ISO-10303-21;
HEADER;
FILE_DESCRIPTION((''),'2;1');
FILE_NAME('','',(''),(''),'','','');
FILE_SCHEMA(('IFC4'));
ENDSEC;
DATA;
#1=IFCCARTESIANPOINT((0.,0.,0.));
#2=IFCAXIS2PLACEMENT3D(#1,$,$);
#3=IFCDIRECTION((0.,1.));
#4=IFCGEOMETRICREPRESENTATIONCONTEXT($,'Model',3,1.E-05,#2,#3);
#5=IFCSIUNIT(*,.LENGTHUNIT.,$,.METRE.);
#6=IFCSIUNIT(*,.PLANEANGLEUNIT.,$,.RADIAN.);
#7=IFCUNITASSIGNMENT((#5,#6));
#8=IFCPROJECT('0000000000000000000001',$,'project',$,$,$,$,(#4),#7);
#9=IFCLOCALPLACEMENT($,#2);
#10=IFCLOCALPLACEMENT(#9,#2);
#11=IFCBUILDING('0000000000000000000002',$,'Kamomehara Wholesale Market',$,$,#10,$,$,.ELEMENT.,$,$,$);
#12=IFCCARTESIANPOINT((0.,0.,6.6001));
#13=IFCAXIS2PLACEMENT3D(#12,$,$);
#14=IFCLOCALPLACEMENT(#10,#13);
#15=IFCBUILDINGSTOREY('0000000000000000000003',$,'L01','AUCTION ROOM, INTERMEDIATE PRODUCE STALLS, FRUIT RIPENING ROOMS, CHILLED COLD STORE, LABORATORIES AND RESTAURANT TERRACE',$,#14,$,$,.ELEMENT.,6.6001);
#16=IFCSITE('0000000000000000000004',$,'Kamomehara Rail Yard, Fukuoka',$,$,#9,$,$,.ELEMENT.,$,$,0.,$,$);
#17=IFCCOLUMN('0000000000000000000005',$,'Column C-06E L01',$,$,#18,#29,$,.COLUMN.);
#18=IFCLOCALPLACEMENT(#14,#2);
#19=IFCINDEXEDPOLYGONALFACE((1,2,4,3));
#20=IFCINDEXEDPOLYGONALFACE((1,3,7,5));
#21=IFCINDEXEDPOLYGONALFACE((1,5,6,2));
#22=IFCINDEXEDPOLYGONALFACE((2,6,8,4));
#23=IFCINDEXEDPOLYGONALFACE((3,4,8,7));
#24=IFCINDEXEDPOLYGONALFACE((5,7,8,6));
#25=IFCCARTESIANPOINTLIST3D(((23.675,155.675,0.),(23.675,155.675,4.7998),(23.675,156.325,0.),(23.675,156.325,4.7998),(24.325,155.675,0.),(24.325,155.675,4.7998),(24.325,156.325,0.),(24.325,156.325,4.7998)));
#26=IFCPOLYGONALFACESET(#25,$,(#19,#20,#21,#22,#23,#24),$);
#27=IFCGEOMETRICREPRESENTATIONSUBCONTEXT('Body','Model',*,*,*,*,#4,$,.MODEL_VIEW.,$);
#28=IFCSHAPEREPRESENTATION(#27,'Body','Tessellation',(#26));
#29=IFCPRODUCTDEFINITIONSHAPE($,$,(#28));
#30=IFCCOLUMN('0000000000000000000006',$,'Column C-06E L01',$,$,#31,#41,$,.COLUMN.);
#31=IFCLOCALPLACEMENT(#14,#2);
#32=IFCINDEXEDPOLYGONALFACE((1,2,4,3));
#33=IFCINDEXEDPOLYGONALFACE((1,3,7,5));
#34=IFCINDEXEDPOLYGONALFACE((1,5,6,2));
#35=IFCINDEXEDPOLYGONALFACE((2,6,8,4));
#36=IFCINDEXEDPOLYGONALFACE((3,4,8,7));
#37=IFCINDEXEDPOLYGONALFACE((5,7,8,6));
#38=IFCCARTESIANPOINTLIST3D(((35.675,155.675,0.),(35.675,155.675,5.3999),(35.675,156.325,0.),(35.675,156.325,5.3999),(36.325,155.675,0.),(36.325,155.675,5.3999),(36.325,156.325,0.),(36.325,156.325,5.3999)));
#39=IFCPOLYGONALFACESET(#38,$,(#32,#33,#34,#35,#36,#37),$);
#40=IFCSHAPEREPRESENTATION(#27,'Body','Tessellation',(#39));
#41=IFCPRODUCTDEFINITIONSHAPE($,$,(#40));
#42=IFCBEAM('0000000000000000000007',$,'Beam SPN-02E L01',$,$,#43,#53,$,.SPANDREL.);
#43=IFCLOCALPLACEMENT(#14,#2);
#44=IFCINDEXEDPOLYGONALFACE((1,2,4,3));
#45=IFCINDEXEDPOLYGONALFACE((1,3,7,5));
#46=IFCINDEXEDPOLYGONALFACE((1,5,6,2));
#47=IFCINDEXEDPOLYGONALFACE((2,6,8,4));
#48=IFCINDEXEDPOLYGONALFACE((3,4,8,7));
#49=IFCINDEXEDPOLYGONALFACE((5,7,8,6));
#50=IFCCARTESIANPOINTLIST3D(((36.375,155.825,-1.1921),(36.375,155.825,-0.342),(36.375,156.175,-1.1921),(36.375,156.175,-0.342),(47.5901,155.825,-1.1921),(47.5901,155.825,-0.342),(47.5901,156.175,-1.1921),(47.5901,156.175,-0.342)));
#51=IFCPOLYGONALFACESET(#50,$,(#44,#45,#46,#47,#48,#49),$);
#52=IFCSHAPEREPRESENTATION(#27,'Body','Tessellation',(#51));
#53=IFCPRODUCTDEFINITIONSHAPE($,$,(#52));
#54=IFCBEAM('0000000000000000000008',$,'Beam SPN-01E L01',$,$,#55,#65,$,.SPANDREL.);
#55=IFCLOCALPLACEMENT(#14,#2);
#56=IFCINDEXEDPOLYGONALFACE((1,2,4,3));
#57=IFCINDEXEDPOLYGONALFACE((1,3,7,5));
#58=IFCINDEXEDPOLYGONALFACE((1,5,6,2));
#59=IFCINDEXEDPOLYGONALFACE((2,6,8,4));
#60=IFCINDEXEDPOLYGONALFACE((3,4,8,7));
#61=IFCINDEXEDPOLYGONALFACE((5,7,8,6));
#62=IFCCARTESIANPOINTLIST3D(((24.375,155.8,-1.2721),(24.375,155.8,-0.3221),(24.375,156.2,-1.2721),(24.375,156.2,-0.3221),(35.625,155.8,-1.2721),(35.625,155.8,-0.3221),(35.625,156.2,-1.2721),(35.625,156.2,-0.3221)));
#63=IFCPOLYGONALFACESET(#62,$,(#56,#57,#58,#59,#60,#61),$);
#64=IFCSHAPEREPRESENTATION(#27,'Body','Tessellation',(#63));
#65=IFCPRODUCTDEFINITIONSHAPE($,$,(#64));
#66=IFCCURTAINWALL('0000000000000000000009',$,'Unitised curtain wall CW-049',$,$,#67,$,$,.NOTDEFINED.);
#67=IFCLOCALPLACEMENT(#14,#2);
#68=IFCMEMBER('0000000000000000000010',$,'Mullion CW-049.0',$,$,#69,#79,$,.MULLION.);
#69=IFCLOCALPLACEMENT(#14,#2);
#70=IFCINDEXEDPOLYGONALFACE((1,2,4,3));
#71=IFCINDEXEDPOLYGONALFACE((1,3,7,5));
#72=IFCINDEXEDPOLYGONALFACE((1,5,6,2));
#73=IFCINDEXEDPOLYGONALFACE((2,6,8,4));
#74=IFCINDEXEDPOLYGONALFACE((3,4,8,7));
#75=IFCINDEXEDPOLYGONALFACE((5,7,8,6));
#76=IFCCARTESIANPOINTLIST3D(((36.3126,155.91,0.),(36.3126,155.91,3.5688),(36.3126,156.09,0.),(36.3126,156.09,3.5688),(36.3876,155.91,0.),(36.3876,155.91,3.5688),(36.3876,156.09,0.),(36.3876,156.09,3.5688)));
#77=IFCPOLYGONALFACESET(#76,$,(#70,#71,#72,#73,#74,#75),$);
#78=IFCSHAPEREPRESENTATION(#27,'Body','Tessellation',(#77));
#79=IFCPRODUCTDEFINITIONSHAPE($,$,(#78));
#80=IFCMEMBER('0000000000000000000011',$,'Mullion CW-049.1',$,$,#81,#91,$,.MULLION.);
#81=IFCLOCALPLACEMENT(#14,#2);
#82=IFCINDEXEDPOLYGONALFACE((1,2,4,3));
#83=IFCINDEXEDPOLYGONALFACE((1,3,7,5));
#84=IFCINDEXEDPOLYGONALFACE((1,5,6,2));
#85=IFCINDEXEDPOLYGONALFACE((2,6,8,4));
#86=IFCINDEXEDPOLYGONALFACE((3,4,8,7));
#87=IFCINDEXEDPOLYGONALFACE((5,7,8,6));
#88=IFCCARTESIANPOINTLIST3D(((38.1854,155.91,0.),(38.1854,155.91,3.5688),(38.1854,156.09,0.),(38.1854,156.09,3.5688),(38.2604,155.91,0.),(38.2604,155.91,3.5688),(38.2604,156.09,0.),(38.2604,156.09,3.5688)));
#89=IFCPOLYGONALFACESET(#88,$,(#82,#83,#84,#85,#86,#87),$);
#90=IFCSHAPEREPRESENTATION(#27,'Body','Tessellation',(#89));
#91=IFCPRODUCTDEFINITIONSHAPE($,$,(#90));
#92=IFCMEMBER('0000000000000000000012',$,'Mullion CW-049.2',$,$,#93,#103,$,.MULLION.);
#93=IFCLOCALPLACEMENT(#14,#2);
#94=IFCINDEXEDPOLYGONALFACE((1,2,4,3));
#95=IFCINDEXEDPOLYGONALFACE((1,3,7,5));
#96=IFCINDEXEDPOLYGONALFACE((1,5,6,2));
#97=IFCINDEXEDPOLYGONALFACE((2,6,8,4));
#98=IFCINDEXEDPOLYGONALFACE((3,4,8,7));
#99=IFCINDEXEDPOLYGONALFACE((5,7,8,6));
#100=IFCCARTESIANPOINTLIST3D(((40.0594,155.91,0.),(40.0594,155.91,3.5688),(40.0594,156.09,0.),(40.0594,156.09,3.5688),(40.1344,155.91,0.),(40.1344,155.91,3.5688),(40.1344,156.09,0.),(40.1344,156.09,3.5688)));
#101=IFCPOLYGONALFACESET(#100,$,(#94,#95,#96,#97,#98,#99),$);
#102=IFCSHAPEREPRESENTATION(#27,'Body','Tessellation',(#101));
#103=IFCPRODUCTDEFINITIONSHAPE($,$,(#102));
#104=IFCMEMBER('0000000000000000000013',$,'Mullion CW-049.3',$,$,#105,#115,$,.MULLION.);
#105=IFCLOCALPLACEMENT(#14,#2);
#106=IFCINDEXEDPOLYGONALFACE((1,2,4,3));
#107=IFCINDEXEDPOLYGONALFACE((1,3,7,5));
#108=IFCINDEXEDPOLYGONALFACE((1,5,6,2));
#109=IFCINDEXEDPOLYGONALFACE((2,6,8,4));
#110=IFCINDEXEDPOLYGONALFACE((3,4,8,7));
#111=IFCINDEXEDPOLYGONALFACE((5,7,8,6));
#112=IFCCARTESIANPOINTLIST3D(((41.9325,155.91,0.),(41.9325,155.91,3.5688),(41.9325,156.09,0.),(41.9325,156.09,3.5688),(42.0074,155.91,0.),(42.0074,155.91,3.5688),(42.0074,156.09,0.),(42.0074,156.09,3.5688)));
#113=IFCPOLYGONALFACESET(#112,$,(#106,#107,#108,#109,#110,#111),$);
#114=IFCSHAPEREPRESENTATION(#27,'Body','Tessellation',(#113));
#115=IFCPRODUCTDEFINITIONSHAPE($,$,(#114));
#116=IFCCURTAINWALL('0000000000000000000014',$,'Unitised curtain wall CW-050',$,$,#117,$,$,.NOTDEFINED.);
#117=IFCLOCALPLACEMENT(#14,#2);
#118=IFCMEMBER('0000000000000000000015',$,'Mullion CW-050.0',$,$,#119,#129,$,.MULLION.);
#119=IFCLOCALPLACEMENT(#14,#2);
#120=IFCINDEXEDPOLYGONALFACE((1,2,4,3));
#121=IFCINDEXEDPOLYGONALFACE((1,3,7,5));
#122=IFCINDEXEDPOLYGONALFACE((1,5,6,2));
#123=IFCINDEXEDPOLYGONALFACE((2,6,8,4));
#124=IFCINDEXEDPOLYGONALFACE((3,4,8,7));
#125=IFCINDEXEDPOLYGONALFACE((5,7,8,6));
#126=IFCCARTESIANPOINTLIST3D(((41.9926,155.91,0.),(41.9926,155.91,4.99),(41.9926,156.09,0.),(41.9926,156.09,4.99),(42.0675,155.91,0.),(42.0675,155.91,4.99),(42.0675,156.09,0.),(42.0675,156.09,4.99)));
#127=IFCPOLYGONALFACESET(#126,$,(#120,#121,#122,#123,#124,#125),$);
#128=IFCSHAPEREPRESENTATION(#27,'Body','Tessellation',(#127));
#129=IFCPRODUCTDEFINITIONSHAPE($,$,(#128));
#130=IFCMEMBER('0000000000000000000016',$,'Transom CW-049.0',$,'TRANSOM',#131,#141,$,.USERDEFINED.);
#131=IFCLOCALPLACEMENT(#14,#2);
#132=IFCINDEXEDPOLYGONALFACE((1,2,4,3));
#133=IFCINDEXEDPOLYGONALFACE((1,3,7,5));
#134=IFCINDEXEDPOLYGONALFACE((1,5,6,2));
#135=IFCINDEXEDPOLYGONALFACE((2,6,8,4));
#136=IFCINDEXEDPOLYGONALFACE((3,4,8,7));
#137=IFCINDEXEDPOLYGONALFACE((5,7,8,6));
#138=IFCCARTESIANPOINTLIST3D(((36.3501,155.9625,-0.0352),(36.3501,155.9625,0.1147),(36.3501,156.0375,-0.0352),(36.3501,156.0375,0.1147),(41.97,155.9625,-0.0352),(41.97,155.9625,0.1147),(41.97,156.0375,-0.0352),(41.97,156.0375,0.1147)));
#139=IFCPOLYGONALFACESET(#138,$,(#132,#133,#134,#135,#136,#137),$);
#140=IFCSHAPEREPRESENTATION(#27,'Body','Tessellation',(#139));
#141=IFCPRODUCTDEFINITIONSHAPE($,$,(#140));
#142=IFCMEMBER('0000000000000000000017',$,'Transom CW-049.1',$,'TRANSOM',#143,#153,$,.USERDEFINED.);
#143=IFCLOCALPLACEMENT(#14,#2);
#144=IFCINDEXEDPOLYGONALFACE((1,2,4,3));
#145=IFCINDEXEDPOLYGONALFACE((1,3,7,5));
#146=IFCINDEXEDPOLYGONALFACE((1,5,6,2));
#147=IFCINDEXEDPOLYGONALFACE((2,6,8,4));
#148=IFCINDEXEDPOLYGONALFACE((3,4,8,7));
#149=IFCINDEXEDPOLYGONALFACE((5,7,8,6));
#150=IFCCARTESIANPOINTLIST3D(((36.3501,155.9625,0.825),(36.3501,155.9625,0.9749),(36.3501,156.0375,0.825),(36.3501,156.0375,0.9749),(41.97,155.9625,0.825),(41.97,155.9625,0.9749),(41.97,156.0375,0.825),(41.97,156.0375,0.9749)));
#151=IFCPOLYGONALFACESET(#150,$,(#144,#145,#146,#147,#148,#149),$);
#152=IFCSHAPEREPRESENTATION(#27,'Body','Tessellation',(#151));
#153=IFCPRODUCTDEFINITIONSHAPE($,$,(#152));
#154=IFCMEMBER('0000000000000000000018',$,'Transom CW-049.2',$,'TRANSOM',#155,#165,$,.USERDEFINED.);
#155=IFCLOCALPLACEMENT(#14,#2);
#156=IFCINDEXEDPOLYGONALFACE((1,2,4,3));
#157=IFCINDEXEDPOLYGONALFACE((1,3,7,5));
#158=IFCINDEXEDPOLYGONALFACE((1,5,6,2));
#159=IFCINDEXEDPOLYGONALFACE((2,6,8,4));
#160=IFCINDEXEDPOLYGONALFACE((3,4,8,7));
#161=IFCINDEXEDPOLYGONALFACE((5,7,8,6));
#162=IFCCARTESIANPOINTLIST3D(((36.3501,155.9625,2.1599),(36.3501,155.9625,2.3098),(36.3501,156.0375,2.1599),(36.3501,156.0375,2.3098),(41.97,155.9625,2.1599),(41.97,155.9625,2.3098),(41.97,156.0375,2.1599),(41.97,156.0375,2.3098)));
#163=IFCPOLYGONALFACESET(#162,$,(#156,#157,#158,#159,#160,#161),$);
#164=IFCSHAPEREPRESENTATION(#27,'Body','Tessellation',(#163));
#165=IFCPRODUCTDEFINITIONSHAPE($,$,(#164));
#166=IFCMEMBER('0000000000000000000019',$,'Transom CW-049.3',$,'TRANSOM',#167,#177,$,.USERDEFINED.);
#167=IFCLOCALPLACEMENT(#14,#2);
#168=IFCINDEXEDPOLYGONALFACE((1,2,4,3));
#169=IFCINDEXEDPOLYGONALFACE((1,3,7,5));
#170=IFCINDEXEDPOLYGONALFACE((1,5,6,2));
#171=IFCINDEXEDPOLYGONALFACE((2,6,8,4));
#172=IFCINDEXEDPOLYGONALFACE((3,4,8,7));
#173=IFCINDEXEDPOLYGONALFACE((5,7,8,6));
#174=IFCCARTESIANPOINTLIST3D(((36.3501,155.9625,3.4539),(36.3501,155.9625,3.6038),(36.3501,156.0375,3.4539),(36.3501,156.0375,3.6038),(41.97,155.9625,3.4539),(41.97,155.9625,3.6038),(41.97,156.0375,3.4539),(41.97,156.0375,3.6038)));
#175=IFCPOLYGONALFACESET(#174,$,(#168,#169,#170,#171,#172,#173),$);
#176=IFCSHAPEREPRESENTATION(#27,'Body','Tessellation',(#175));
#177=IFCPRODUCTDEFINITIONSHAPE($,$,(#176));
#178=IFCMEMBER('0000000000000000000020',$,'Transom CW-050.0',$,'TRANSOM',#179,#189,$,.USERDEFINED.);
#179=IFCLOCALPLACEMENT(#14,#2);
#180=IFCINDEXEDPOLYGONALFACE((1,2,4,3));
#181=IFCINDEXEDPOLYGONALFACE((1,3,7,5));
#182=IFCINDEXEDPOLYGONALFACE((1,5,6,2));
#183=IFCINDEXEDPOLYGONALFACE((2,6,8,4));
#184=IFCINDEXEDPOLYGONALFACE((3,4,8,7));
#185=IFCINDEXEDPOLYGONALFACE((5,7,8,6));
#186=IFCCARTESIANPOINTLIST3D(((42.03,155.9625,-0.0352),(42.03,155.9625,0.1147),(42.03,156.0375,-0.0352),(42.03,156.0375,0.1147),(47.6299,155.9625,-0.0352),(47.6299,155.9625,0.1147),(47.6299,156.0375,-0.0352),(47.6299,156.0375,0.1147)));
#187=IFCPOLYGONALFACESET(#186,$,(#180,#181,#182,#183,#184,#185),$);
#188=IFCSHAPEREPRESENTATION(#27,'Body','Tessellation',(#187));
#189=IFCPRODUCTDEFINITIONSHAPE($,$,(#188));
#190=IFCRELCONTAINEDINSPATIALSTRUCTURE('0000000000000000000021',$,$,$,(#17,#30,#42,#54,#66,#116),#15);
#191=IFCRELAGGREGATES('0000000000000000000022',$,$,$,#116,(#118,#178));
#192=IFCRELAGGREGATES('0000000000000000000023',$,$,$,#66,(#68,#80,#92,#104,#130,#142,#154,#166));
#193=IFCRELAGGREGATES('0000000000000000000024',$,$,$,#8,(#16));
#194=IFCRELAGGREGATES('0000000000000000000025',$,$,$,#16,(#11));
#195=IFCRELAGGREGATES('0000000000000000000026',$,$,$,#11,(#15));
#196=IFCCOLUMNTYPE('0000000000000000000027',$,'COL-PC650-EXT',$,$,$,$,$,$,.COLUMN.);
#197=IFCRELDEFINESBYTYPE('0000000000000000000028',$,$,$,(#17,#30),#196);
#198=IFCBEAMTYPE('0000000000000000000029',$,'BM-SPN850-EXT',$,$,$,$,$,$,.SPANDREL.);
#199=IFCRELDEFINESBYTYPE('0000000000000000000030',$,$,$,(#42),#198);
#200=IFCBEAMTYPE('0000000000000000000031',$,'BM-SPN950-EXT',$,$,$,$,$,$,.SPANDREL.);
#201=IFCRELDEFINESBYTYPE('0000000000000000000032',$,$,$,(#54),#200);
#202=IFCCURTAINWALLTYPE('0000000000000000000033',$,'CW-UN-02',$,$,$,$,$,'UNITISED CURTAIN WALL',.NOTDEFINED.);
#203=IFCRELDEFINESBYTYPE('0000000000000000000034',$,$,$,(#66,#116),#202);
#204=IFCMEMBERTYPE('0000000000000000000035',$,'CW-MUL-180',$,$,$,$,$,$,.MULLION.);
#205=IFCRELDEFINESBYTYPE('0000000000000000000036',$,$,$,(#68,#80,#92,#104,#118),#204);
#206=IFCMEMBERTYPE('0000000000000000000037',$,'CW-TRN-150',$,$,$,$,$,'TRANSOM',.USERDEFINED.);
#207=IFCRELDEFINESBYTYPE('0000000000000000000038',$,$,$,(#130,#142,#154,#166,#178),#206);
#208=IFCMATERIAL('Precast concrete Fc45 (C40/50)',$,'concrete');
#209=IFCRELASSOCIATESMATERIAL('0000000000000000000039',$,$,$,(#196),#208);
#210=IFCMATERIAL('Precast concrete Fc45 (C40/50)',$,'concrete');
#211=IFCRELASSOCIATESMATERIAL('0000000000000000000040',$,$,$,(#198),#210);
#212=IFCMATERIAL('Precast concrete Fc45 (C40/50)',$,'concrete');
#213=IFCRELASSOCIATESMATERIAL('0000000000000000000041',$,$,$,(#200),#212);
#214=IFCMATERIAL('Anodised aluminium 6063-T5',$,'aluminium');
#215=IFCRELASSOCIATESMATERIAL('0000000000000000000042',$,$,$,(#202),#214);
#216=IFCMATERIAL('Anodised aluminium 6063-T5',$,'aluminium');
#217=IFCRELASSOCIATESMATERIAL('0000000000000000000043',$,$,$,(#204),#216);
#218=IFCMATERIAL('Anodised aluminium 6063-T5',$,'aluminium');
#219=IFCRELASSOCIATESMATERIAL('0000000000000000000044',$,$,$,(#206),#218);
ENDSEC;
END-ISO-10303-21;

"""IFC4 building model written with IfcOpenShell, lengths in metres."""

from ifc_helpers import new_model, si_unit, direction, frame, origin, origin_2d, place, context, subcontext, project, spatial, rectangle, extrude, material, material_profile, profile_set, type_object, element, aggregate, save


model = new_model("IFC4")

# Units and contexts
model_context = context("Model", 3, precision=1e-05, world=origin(), true_north=direction((0.0, 1.0)))
body_context = subcontext(model_context, "Body", "Model", "MODEL_VIEW")
ifc_project = project(units=[si_unit("LENGTHUNIT", "METRE"), si_unit("PLANEANGLEUNIT", "RADIAN")], contexts=[model_context])

# Site, building, storey
site_placement = place(None, origin())
site = spatial("IfcSite", under=ifc_project, at=site_placement, Name="Kamomehara Rail Yard, Fukuoka", CompositionType="ELEMENT", RefElevation=0.0)
building_placement = place(site_placement, origin())
building = spatial("IfcBuilding", under=site, at=building_placement, Name="Kamomehara Wholesale Market", CompositionType="ELEMENT")
storey_placement = place(building_placement, frame((0.0, 0.0, 6.6001)))
storey = spatial("IfcBuildingStorey", under=building, at=storey_placement, Name="L01", Description="AUCTION ROOM, INTERMEDIATE PRODUCE STALLS, FRUIT RIPENING ROOMS, CHILLED COLD STORE, LABORATORIES AND RESTAURANT TERRACE", CompositionType="ELEMENT", Elevation=6.6001)

# Columns
ifc_material_1 = material(Name="Precast concrete Fc45 (C40/50)", Category="concrete")
ifc_material_profile_1 = material_profile(ifc_material_1, rectangle(XDim=0.6499, YDim=0.6499, at=origin_2d()), Name="PC-COL-650x650")
ifc_profile_set_1 = profile_set([ifc_material_profile_1], Name="Precast concrete Fc45 (C40/50)")
column_type = type_object("IfcColumnType", Name="COL-PC650-EXT", PredefinedType="COLUMN", material=ifc_profile_set_1)
column_1_placement = place(storey_placement, frame((24.0, 156.0, 0.0), z_axis=(0.0, 0.0, 1.0), x_axis=(1.0, 0.0, 0.0)))
element("IfcColumn", 1, at=column_1_placement, inside=storey, type_object=column_type, Name="Column C-06E L01", PredefinedType="COLUMN", context=body_context, shape_type="SweptSolid", body=[
    extrude(rectangle(XDim=0.6499, YDim=0.6499, at=origin_2d()), origin(), (0.0, 0.0, 1.0), 4.7998),
])
column_2_placement = place(storey_placement, frame((36.0, 156.0, 0.0), z_axis=(0.0, 0.0, 1.0), x_axis=(1.0, 0.0, 0.0)))
element("IfcColumn", 2, at=column_2_placement, inside=storey, type_object=column_type, Name="Column C-06E L01", PredefinedType="COLUMN", context=body_context, shape_type="SweptSolid", body=[
    extrude(rectangle(XDim=0.6499, YDim=0.6499, at=origin_2d()), origin(), (0.0, 0.0, 1.0), 5.3999),
])

# Beams
ifc_material_2 = material(Name="Precast concrete Fc45 (C40/50)", Category="concrete")
ifc_material_profile_2 = material_profile(ifc_material_2, rectangle(XDim=0.3501, YDim=0.8501, at=origin_2d()), Name="PC-SPN-350x850")
ifc_profile_set_2 = profile_set([ifc_material_profile_2], Name="Precast concrete Fc45 (C40/50)")
beam_type_1 = type_object("IfcBeamType", Name="BM-SPN850-EXT", PredefinedType="SPANDREL", material=ifc_profile_set_2)
beam_1_placement = place(storey_placement, frame((36.375, 156.0, -0.7671), z_axis=(1.0, 0.0, 0.0), x_axis=(0.0, 1.0, 0.0)))
element("IfcBeam", 3, at=beam_1_placement, inside=storey, type_object=beam_type_1, Name="Beam SPN-02E L01", PredefinedType="SPANDREL", context=body_context, shape_type="SweptSolid", body=[
    extrude(rectangle(XDim=0.3501, YDim=0.8501, at=origin_2d()), origin(), (0.0, 0.0, 1.0), 11.2151),
])
ifc_material_3 = material(Name="Precast concrete Fc45 (C40/50)", Category="concrete")
ifc_material_profile_3 = material_profile(ifc_material_3, rectangle(XDim=0.3999, YDim=0.95, at=origin_2d()), Name="PC-SPN-400x950")
ifc_profile_set_3 = profile_set([ifc_material_profile_3], Name="Precast concrete Fc45 (C40/50)")
beam_type_2 = type_object("IfcBeamType", Name="BM-SPN950-EXT", PredefinedType="SPANDREL", material=ifc_profile_set_3)
beam_2_placement = place(storey_placement, frame((24.375, 156.0, -0.7971), z_axis=(1.0, 0.0, 0.0), x_axis=(0.0, 1.0, 0.0)))
element("IfcBeam", 4, at=beam_2_placement, inside=storey, type_object=beam_type_2, Name="Beam SPN-01E L01", PredefinedType="SPANDREL", context=body_context, shape_type="SweptSolid", body=[
    extrude(rectangle(XDim=0.3999, YDim=0.95, at=origin_2d()), origin(), (0.0, 0.0, 1.0), 11.25),
])

# Curtain wall, members
ifc_material_4 = material(Name="Anodised aluminium 6063-T5", Category="aluminium")
curtain_wall_type = type_object("IfcCurtainWallType", Name="CW-UN-02", ElementType="UNITISED CURTAIN WALL", PredefinedType="NOTDEFINED", material=ifc_material_4)
curtain_wall_1_placement = place(storey_placement, origin())
curtain_wall_1 = element("IfcCurtainWall", 5, at=curtain_wall_1_placement, inside=storey, type_object=curtain_wall_type, Name="Unitised curtain wall CW-049", PredefinedType="NOTDEFINED")
ifc_material_5 = material(Name="Anodised aluminium 6063-T5", Category="aluminium")
ifc_material_profile_4 = material_profile(ifc_material_5, rectangle(XDim=0.075, YDim=0.1799, at=origin_2d()), Name="ALU-MUL-75x180")
ifc_profile_set_4 = profile_set([ifc_material_profile_4], Name="Anodised aluminium 6063-T5")
member_type_1 = type_object("IfcMemberType", Name="CW-MUL-180", PredefinedType="MULLION", material=ifc_profile_set_4)
member_1_placement = place(storey_placement, frame((36.3501, 156.0, 0.0), z_axis=(0.0, 0.0, 1.0), x_axis=(1.0, 0.0, 0.0)))
member_1 = element("IfcMember", 6, at=member_1_placement, type_object=member_type_1, Name="Mullion CW-049.0", PredefinedType="MULLION", context=body_context, shape_type="SweptSolid", body=[
    extrude(rectangle(XDim=0.075, YDim=0.1799, at=origin_2d()), origin(), (0.0, 0.0, 1.0), 3.5688),
])
member_2_placement = place(storey_placement, frame((38.2229, 156.0, 0.0), z_axis=(0.0, 0.0, 1.0), x_axis=(1.0, 0.0, 0.0)))
member_2 = element("IfcMember", 7, at=member_2_placement, type_object=member_type_1, Name="Mullion CW-049.1", PredefinedType="MULLION", context=body_context, shape_type="SweptSolid", body=[
    extrude(rectangle(XDim=0.075, YDim=0.1799, at=origin_2d()), origin(), (0.0, 0.0, 1.0), 3.5688),
])
member_3_placement = place(storey_placement, frame((40.0969, 156.0, 0.0), z_axis=(0.0, 0.0, 1.0), x_axis=(1.0, 0.0, 0.0)))
member_3 = element("IfcMember", 8, at=member_3_placement, type_object=member_type_1, Name="Mullion CW-049.2", PredefinedType="MULLION", context=body_context, shape_type="SweptSolid", body=[
    extrude(rectangle(XDim=0.075, YDim=0.1799, at=origin_2d()), origin(), (0.0, 0.0, 1.0), 3.5688),
])
member_4_placement = place(storey_placement, frame((41.97, 156.0, 0.0), z_axis=(0.0, 0.0, 1.0), x_axis=(1.0, 0.0, 0.0)))
member_4 = element("IfcMember", 9, at=member_4_placement, type_object=member_type_1, Name="Mullion CW-049.3", PredefinedType="MULLION", context=body_context, shape_type="SweptSolid", body=[
    extrude(rectangle(XDim=0.075, YDim=0.1799, at=origin_2d()), origin(), (0.0, 0.0, 1.0), 3.5688),
])

# Curtain wall, member
curtain_wall_2_placement = place(storey_placement, origin())
curtain_wall_2 = element("IfcCurtainWall", 10, at=curtain_wall_2_placement, inside=storey, type_object=curtain_wall_type, Name="Unitised curtain wall CW-050", PredefinedType="NOTDEFINED")
member_5_placement = place(storey_placement, frame((42.03, 156.0, 0.0), z_axis=(0.0, 0.0, 1.0), x_axis=(1.0, 0.0, 0.0)))
member_5 = element("IfcMember", 11, at=member_5_placement, type_object=member_type_1, Name="Mullion CW-050.0", PredefinedType="MULLION", context=body_context, shape_type="SweptSolid", body=[
    extrude(rectangle(XDim=0.075, YDim=0.1799, at=origin_2d()), origin(), (0.0, 0.0, 1.0), 4.99),
])

# Members
ifc_material_6 = material(Name="Anodised aluminium 6063-T5", Category="aluminium")
ifc_material_profile_5 = material_profile(ifc_material_6, rectangle(XDim=0.075, YDim=0.1499, at=origin_2d()), Name="ALU-TRN-75x150")
ifc_profile_set_5 = profile_set([ifc_material_profile_5], Name="Anodised aluminium 6063-T5")
member_type_2 = type_object("IfcMemberType", Name="CW-TRN-150", ElementType="TRANSOM", PredefinedType="USERDEFINED", material=ifc_profile_set_5)
member_6_placement = place(storey_placement, frame((36.3501, 156.0, 0.0398), z_axis=(1.0, 0.0, 0.0), x_axis=(0.0, 1.0, 0.0)))
member_6 = element("IfcMember", 12, at=member_6_placement, type_object=member_type_2, Name="Transom CW-049.0", ObjectType="TRANSOM", PredefinedType="USERDEFINED", context=body_context, shape_type="SweptSolid", body=[
    extrude(rectangle(XDim=0.075, YDim=0.1499, at=origin_2d()), origin(), (0.0, 0.0, 1.0), 5.6199),
])
member_7_placement = place(storey_placement, frame((36.3501, 156.0, 0.8999), z_axis=(1.0, 0.0, 0.0), x_axis=(0.0, 1.0, 0.0)))
member_7 = element("IfcMember", 13, at=member_7_placement, type_object=member_type_2, Name="Transom CW-049.1", ObjectType="TRANSOM", PredefinedType="USERDEFINED", context=body_context, shape_type="SweptSolid", body=[
    extrude(rectangle(XDim=0.075, YDim=0.1499, at=origin_2d()), origin(), (0.0, 0.0, 1.0), 5.6199),
])
member_8_placement = place(storey_placement, frame((36.3501, 156.0, 2.2349), z_axis=(1.0, 0.0, 0.0), x_axis=(0.0, 1.0, 0.0)))
member_8 = element("IfcMember", 14, at=member_8_placement, type_object=member_type_2, Name="Transom CW-049.2", ObjectType="TRANSOM", PredefinedType="USERDEFINED", context=body_context, shape_type="SweptSolid", body=[
    extrude(rectangle(XDim=0.075, YDim=0.1499, at=origin_2d()), origin(), (0.0, 0.0, 1.0), 5.6199),
])
member_9_placement = place(storey_placement, frame((36.3501, 156.0, 3.5288), z_axis=(1.0, 0.0, 0.0), x_axis=(0.0, 1.0, 0.0)))
member_9 = element("IfcMember", 15, at=member_9_placement, type_object=member_type_2, Name="Transom CW-049.3", ObjectType="TRANSOM", PredefinedType="USERDEFINED", context=body_context, shape_type="SweptSolid", body=[
    extrude(rectangle(XDim=0.075, YDim=0.1499, at=origin_2d()), origin(), (0.0, 0.0, 1.0), 5.6199),
])
member_10_placement = place(storey_placement, frame((42.03, 156.0, 0.0398), z_axis=(1.0, 0.0, 0.0), x_axis=(0.0, 1.0, 0.0)))
member_10 = element("IfcMember", 16, at=member_10_placement, type_object=member_type_2, Name="Transom CW-050.0", ObjectType="TRANSOM", PredefinedType="USERDEFINED", context=body_context, shape_type="SweptSolid", body=[
    extrude(rectangle(XDim=0.075, YDim=0.1499, at=origin_2d()), origin(), (0.0, 0.0, 1.0), 5.5999),
])
aggregate(curtain_wall_2, [member_5, member_10])

aggregate(curtain_wall_1, [member_1, member_2, member_3, member_4, member_6, member_7, member_8, member_9])

save(model, "model.ifc")
